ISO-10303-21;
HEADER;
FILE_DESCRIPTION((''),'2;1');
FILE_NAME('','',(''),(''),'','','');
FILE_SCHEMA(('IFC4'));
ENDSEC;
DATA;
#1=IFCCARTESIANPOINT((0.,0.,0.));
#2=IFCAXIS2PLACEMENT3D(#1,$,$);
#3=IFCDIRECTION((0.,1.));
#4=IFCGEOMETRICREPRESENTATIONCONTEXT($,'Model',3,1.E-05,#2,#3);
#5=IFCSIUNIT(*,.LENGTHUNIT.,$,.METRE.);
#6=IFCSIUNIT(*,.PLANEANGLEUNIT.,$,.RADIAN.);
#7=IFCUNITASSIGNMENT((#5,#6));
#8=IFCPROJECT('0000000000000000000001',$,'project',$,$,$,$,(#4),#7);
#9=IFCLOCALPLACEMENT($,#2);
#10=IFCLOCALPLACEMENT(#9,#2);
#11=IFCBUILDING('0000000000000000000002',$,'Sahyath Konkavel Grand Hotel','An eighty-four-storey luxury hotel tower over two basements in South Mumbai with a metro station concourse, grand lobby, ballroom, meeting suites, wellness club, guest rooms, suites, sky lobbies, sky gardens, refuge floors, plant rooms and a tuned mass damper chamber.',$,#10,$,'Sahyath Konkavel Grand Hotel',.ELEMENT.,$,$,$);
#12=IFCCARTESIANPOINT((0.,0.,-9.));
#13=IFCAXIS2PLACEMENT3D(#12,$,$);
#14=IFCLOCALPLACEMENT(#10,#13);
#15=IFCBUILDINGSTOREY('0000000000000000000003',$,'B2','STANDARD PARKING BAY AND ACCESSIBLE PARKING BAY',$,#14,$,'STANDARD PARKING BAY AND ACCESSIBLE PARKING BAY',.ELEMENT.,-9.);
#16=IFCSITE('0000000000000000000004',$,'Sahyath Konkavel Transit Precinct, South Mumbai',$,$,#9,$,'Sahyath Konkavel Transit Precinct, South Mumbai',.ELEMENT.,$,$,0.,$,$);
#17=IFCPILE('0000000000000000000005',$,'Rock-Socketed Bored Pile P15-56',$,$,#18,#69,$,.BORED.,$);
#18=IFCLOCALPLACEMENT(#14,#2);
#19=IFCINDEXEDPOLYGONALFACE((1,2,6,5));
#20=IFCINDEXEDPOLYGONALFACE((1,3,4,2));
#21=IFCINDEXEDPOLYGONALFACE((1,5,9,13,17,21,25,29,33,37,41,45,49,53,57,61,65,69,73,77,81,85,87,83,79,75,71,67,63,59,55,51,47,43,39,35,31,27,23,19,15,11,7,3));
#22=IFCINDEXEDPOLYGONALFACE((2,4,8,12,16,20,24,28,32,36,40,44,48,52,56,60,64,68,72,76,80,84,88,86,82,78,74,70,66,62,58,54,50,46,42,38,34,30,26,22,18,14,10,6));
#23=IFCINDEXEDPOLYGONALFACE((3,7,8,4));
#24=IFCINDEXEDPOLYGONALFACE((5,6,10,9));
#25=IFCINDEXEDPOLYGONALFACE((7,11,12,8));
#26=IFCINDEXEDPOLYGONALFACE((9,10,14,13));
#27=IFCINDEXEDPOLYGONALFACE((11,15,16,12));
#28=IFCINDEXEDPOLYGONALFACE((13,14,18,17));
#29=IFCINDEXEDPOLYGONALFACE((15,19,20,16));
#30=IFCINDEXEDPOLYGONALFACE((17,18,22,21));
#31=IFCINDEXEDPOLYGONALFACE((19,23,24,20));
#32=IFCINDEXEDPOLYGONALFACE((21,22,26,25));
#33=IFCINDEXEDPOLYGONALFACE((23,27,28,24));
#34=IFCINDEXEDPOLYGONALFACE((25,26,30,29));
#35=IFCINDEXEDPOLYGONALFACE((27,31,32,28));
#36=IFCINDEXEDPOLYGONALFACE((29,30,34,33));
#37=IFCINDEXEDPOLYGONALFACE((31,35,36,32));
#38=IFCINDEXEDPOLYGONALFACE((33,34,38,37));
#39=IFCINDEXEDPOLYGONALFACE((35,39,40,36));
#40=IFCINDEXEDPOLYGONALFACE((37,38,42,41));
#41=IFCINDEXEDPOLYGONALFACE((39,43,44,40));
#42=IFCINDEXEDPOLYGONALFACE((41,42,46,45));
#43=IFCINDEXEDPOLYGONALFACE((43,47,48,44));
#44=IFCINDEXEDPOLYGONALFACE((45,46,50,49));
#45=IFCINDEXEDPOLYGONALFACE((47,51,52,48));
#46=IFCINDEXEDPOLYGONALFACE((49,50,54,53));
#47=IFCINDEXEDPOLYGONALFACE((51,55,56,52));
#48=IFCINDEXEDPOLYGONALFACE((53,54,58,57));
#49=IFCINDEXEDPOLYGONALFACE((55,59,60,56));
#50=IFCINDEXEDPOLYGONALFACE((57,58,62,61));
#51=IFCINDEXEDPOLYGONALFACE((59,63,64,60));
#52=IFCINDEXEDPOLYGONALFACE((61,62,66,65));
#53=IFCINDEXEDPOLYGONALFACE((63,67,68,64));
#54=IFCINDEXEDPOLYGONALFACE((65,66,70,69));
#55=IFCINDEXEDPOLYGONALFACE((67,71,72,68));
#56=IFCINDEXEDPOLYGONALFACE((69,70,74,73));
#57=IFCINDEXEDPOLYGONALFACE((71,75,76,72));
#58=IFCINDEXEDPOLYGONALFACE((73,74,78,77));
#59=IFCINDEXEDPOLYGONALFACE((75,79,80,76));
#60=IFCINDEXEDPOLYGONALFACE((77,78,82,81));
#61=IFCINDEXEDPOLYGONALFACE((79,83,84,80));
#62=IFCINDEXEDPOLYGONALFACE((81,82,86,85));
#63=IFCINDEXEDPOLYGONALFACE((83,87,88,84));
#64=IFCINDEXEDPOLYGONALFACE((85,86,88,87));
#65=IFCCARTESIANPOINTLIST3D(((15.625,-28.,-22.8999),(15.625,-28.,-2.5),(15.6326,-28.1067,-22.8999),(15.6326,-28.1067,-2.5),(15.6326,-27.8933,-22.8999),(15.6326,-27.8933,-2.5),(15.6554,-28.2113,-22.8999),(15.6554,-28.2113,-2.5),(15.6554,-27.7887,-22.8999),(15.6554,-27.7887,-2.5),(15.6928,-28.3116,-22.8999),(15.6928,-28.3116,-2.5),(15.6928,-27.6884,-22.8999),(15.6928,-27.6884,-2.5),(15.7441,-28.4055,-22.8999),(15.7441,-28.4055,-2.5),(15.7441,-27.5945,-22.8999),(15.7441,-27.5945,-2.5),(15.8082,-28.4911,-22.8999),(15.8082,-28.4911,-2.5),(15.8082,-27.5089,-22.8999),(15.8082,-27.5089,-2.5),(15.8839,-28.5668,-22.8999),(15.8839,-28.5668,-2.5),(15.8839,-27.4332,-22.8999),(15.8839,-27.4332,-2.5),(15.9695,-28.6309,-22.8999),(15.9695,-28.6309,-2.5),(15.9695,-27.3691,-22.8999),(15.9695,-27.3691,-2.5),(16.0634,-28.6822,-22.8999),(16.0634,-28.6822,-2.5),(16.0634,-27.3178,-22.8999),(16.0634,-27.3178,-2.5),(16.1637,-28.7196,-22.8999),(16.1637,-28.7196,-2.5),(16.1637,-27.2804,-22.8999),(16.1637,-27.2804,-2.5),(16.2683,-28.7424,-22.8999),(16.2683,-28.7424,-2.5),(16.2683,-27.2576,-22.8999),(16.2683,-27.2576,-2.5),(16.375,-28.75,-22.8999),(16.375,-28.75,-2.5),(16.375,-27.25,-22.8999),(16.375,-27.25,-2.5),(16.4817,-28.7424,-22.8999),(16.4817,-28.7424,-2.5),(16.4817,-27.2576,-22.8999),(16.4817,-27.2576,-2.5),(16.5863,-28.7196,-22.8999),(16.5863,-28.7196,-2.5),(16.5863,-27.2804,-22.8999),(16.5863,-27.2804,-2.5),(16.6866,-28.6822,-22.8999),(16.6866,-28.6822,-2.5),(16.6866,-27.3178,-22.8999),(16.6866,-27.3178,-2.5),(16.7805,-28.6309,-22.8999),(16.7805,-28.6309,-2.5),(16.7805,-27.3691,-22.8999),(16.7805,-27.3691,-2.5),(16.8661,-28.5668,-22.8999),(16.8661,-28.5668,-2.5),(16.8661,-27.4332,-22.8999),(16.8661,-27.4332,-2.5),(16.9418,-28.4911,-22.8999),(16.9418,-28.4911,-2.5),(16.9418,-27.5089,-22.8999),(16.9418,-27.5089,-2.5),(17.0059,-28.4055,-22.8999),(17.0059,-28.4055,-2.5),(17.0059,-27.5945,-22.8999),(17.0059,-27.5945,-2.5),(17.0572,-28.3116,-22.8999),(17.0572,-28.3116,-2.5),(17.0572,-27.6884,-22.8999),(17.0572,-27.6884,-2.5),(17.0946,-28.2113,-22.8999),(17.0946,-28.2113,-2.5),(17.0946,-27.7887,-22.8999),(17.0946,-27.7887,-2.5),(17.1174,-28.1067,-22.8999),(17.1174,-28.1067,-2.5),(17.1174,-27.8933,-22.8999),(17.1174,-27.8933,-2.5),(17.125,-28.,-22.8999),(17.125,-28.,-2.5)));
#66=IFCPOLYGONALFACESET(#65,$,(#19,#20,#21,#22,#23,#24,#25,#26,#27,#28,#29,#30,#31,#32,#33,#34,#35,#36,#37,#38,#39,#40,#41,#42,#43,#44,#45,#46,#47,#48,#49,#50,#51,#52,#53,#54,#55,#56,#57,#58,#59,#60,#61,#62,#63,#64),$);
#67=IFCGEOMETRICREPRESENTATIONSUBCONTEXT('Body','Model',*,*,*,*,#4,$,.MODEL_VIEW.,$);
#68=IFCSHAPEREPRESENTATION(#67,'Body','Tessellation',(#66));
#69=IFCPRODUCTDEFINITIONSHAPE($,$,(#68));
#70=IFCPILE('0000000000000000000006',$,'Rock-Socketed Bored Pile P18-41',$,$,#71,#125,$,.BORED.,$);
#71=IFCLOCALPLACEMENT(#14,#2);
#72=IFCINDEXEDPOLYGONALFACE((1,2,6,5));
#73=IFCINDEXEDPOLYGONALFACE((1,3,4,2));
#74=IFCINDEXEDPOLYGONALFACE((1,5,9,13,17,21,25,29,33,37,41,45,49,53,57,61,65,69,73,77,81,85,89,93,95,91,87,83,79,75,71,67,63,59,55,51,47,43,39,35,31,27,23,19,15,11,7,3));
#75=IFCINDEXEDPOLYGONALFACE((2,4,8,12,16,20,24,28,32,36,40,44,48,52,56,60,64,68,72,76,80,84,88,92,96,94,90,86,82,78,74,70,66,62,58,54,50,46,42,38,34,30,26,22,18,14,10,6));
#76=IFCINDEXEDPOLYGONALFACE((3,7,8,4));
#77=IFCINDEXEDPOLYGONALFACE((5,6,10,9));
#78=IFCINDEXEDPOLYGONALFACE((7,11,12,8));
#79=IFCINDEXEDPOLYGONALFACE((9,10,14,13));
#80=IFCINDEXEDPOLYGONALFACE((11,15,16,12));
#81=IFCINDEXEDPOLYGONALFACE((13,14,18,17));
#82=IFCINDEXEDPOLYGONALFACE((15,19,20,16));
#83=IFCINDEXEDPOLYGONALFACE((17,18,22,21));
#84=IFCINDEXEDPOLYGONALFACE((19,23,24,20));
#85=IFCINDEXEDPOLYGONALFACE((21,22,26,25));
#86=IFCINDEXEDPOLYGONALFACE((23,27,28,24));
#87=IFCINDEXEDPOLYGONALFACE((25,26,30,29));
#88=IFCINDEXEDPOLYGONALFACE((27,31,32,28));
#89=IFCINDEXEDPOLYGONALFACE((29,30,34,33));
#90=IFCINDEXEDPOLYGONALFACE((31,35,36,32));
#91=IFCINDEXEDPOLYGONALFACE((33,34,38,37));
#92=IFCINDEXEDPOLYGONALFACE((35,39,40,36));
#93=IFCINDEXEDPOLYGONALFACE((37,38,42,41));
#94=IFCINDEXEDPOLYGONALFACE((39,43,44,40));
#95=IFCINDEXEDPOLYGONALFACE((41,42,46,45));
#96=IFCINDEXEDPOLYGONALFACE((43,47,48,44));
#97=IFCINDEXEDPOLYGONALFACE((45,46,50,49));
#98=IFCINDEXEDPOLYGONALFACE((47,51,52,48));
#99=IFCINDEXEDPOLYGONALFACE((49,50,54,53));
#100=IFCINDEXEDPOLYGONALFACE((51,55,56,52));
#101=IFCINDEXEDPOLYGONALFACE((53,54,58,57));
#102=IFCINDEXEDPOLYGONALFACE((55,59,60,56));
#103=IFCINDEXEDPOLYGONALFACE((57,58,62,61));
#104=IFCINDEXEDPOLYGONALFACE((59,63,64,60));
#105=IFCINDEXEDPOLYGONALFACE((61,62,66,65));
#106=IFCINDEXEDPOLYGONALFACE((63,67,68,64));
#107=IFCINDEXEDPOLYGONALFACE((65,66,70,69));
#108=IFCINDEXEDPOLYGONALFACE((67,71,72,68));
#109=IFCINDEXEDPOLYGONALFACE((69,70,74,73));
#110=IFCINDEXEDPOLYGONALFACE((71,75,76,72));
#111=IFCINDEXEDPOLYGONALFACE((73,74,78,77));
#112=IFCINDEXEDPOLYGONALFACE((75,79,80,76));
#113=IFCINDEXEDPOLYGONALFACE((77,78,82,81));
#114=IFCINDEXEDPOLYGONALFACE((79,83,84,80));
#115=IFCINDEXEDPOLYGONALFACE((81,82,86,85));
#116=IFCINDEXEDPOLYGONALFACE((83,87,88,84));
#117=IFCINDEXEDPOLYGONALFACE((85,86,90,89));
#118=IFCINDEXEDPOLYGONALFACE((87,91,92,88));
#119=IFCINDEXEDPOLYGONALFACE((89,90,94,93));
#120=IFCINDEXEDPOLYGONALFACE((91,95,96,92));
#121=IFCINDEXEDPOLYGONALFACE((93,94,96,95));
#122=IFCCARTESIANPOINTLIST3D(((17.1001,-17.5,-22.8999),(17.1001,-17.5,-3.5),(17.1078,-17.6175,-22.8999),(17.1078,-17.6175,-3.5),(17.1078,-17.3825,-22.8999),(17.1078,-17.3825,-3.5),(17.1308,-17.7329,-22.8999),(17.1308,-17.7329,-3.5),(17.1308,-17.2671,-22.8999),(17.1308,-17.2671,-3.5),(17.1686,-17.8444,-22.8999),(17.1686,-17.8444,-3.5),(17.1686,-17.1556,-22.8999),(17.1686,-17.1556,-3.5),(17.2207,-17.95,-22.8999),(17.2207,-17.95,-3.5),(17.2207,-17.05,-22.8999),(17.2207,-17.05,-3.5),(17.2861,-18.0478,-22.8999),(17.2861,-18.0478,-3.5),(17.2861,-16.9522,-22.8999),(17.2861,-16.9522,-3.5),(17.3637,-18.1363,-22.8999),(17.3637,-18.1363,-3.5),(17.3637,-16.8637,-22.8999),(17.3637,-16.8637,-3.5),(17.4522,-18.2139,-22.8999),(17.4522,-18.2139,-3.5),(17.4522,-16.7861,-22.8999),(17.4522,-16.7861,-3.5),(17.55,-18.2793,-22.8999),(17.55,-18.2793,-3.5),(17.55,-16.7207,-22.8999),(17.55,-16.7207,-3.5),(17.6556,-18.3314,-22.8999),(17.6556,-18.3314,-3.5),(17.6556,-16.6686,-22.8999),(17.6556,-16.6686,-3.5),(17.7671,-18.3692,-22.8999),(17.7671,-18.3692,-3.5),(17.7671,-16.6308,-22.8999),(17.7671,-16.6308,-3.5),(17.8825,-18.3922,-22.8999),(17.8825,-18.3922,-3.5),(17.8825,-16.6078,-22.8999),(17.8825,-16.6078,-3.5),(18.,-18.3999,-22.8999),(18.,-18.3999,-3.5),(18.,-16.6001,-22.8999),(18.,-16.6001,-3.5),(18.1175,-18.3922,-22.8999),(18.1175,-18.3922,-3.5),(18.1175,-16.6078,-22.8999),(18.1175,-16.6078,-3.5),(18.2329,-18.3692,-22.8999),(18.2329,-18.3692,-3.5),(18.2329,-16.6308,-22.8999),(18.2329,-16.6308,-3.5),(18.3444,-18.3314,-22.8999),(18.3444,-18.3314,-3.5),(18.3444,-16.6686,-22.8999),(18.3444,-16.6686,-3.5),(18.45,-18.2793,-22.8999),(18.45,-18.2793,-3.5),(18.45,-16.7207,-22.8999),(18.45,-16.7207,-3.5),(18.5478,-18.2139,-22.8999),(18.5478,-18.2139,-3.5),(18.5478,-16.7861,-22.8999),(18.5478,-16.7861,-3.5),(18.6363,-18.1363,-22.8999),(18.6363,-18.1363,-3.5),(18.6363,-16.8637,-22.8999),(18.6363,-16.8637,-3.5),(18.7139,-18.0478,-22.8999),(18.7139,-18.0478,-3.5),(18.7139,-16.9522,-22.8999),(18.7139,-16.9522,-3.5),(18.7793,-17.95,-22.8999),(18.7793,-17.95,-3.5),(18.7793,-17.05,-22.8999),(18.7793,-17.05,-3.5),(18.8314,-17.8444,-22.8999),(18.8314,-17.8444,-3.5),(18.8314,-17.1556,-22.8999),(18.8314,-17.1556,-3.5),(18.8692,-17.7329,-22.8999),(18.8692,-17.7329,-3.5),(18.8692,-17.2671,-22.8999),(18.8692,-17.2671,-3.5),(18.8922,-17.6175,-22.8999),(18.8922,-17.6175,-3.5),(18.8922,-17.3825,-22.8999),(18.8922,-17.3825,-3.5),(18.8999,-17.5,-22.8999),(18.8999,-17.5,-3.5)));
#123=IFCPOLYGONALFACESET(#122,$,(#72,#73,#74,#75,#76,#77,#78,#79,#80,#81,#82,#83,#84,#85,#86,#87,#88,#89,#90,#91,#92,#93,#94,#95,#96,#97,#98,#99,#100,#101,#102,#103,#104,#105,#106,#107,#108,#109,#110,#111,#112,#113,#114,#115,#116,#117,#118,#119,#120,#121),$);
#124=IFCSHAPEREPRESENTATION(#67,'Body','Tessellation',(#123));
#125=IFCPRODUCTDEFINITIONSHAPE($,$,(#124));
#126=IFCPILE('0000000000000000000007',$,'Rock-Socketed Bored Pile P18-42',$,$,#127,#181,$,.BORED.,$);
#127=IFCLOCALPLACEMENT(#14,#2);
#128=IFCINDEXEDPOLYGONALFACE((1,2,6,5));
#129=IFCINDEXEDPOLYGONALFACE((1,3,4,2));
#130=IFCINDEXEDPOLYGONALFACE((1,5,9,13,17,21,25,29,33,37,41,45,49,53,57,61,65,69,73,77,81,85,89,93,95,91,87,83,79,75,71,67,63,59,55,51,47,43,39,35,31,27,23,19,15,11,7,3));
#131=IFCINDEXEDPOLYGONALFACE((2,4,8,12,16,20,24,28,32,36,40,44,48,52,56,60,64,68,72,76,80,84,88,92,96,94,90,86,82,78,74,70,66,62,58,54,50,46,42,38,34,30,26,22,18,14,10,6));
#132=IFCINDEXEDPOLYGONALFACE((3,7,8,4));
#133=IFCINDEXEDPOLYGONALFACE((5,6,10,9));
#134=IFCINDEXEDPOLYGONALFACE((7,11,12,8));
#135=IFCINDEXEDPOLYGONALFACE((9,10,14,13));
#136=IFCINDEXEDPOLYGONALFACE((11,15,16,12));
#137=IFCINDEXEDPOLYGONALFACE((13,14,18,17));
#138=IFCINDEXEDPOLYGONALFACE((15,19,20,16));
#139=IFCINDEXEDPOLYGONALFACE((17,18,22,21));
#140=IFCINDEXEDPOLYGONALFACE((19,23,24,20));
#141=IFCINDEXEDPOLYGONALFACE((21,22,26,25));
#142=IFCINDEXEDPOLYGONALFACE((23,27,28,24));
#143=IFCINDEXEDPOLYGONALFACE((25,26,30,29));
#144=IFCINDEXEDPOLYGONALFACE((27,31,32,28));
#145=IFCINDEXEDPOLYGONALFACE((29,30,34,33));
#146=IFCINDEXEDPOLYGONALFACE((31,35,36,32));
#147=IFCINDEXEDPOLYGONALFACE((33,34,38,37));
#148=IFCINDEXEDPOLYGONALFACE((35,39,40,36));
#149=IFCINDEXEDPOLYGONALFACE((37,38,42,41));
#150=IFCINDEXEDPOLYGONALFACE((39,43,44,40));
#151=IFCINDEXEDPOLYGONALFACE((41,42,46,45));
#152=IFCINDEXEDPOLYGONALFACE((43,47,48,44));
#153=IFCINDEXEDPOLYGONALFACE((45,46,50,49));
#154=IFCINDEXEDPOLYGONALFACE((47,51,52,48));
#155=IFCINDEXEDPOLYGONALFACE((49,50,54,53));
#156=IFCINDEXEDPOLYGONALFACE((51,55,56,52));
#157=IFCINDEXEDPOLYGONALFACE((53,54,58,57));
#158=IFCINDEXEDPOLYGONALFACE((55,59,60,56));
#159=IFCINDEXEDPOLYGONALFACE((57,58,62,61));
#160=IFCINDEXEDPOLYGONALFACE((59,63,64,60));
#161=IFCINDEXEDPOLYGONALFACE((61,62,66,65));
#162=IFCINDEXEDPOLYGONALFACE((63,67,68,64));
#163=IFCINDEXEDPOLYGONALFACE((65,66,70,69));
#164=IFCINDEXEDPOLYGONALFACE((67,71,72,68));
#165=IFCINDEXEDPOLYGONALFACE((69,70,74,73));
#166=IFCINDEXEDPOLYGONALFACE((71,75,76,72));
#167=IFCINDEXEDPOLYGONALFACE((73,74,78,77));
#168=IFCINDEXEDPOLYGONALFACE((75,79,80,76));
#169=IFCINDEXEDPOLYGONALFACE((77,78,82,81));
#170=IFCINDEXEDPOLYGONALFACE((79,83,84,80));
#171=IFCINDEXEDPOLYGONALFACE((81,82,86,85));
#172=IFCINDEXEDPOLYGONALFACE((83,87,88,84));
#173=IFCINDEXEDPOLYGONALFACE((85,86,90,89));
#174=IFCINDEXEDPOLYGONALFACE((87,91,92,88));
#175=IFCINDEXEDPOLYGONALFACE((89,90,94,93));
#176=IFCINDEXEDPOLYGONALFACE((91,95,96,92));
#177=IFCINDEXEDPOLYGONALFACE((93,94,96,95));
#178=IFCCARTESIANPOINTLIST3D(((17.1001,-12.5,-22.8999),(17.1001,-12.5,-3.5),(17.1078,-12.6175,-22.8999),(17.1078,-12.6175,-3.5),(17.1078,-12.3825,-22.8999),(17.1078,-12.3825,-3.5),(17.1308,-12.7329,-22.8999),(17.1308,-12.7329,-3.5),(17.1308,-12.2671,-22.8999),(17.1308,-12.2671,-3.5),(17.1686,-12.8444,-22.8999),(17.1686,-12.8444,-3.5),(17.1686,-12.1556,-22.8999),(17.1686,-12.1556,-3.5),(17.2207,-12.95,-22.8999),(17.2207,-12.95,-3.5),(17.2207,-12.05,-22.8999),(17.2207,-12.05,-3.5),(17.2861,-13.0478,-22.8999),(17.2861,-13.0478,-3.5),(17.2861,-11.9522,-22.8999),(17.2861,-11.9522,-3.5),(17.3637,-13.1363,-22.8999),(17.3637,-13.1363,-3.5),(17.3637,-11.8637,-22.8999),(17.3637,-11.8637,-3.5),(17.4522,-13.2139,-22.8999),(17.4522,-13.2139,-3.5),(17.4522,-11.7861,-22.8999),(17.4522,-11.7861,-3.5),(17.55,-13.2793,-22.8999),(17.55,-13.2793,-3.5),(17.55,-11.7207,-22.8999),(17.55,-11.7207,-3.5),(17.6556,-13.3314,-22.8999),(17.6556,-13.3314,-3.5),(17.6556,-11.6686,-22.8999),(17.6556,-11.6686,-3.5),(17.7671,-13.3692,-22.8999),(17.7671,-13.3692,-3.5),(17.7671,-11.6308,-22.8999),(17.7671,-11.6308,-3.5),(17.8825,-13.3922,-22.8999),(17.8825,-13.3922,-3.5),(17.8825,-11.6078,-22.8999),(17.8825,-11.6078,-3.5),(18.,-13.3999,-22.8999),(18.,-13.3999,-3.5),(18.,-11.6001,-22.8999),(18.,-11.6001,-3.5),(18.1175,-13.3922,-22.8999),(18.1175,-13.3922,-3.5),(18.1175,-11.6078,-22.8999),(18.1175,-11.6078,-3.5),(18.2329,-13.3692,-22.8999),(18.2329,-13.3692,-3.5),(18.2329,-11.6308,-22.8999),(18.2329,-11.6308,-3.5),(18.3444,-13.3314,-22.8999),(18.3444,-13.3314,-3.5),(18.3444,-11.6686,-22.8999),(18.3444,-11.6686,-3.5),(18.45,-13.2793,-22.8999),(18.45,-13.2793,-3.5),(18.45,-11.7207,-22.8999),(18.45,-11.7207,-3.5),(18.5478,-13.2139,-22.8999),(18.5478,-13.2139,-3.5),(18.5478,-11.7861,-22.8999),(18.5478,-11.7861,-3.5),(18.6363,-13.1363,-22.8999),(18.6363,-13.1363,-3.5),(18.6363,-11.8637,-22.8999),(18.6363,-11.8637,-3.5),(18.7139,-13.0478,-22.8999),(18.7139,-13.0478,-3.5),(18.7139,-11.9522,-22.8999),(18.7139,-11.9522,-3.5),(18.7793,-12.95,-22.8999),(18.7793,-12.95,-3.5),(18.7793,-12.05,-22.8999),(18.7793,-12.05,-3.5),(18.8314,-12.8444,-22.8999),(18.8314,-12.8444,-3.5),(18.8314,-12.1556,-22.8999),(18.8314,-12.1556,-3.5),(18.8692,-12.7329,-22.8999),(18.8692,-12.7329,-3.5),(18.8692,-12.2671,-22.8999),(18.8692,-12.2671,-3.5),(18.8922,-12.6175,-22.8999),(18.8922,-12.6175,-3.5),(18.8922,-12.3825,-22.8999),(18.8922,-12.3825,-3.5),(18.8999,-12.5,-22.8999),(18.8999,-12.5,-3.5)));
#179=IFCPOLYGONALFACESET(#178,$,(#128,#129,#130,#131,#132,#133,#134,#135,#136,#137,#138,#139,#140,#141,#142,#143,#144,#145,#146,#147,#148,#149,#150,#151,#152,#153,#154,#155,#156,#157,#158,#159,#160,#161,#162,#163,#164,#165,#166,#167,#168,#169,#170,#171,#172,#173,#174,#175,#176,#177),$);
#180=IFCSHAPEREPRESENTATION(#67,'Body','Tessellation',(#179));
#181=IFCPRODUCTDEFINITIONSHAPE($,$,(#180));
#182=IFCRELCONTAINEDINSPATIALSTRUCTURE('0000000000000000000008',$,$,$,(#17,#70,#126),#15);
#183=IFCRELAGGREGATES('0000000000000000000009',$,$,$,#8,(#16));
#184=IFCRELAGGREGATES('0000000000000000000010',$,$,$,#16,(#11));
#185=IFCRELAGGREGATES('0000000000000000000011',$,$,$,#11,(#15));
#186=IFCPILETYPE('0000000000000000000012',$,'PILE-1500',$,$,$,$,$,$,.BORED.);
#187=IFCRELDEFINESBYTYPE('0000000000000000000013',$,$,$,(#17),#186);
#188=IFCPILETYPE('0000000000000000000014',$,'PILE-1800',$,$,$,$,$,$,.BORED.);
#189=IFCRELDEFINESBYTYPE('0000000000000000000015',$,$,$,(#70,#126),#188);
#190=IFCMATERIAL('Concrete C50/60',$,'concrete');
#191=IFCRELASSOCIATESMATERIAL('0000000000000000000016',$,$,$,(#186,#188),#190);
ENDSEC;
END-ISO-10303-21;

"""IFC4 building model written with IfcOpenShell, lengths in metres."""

from ifc_helpers import new_model, si_unit, direction, frame, origin, origin_2d, place, context, subcontext, project, spatial, circle, extrude, material, material_profile, profile_set, type_object, element, save


model = new_model("IFC4")

# Units and contexts
model_context = context("Model", 3, precision=1e-05, world=origin(), true_north=direction((0.0, 1.0)))
body_context = subcontext(model_context, "Body", "Model", "MODEL_VIEW")
ifc_project = project(units=[si_unit("LENGTHUNIT", "METRE"), si_unit("PLANEANGLEUNIT", "RADIAN")], contexts=[model_context])

# Site, building, storey
site_placement = place(None, origin())
site = spatial("IfcSite", under=ifc_project, at=site_placement, Name="Sahyath Konkavel Transit Precinct, South Mumbai", LongName="Sahyath Konkavel Transit Precinct, South Mumbai", CompositionType="ELEMENT", RefElevation=0.0)
building_placement = place(site_placement, origin())
building = spatial("IfcBuilding", under=site, at=building_placement, Name="Sahyath Konkavel Grand Hotel", Description="An eighty-four-storey luxury hotel tower over two basements in South Mumbai with a metro station concourse, grand lobby, ballroom, meeting suites, wellness club, guest rooms, suites, sky lobbies, sky gardens, refuge floors, plant rooms and a tuned mass damper chamber.", LongName="Sahyath Konkavel Grand Hotel", CompositionType="ELEMENT")
storey_placement = place(building_placement, frame((0.0, 0.0, -9.0)))
storey = spatial("IfcBuildingStorey", under=building, at=storey_placement, Name="B2", Description="STANDARD PARKING BAY AND ACCESSIBLE PARKING BAY", LongName="STANDARD PARKING BAY AND ACCESSIBLE PARKING BAY", CompositionType="ELEMENT", Elevation=-9.0)

# Piles
ifc_material_1 = material(Name="Concrete C50/60", Category="concrete")
ifc_material_profile_1 = material_profile(ifc_material_1, circle(Radius=0.75, at=origin_2d()), Name="PILE D1500")
ifc_profile_set_1 = profile_set([ifc_material_profile_1], Name="Concrete C50/60")
pile_type_1 = type_object("IfcPileType", Name="PILE-1500", PredefinedType="BORED", material=ifc_profile_set_1)
pile_placement = place(storey_placement, frame((16.375, -28.0, -2.5), z_axis=(0.0, 0.0, -1.0), x_axis=(1.0, 0.0, 0.0)))
element("IfcPile", 1, at=pile_placement, inside=storey, type_object=pile_type_1, Name="Rock-Socketed Bored Pile P15-56", PredefinedType="BORED", context=body_context, shape_type="SweptSolid", body=[
    extrude(circle(Radius=0.75, at=origin_2d()), origin(), (0.0, 0.0, 1.0), 20.3999),
])
ifc_material_profile_2 = material_profile(ifc_material_1, circle(Radius=0.8999, at=origin_2d()), Name="PILE D1800")
ifc_profile_set_2 = profile_set([ifc_material_profile_2], Name="Concrete C50/60")
pile_type_2 = type_object("IfcPileType", Name="PILE-1800", PredefinedType="BORED", material=ifc_profile_set_2)
for number, where, z_axis, x_axis, name in (
    (2, (18.0, -17.5, -3.5), (0.0, 0.0, -1.0), (1.0, 0.0, 0.0), "Rock-Socketed Bored Pile P18-41"),
    (3, (18.0, -12.5, -3.5), (0.0, 0.0, -1.0), (1.0, 0.0, 0.0), "Rock-Socketed Bored Pile P18-42"),
):
    element("IfcPile", number, at=place(storey_placement, frame(where, z_axis=z_axis, x_axis=x_axis)), inside=storey, type_object=pile_type_2, Name=name, PredefinedType="BORED", context=body_context, shape_type="SweptSolid", body=[
        extrude(circle(Radius=0.8999, at=origin_2d()), origin(), (0.0, 0.0, 1.0), 19.3999),
    ])

save(model, "model.ifc")
